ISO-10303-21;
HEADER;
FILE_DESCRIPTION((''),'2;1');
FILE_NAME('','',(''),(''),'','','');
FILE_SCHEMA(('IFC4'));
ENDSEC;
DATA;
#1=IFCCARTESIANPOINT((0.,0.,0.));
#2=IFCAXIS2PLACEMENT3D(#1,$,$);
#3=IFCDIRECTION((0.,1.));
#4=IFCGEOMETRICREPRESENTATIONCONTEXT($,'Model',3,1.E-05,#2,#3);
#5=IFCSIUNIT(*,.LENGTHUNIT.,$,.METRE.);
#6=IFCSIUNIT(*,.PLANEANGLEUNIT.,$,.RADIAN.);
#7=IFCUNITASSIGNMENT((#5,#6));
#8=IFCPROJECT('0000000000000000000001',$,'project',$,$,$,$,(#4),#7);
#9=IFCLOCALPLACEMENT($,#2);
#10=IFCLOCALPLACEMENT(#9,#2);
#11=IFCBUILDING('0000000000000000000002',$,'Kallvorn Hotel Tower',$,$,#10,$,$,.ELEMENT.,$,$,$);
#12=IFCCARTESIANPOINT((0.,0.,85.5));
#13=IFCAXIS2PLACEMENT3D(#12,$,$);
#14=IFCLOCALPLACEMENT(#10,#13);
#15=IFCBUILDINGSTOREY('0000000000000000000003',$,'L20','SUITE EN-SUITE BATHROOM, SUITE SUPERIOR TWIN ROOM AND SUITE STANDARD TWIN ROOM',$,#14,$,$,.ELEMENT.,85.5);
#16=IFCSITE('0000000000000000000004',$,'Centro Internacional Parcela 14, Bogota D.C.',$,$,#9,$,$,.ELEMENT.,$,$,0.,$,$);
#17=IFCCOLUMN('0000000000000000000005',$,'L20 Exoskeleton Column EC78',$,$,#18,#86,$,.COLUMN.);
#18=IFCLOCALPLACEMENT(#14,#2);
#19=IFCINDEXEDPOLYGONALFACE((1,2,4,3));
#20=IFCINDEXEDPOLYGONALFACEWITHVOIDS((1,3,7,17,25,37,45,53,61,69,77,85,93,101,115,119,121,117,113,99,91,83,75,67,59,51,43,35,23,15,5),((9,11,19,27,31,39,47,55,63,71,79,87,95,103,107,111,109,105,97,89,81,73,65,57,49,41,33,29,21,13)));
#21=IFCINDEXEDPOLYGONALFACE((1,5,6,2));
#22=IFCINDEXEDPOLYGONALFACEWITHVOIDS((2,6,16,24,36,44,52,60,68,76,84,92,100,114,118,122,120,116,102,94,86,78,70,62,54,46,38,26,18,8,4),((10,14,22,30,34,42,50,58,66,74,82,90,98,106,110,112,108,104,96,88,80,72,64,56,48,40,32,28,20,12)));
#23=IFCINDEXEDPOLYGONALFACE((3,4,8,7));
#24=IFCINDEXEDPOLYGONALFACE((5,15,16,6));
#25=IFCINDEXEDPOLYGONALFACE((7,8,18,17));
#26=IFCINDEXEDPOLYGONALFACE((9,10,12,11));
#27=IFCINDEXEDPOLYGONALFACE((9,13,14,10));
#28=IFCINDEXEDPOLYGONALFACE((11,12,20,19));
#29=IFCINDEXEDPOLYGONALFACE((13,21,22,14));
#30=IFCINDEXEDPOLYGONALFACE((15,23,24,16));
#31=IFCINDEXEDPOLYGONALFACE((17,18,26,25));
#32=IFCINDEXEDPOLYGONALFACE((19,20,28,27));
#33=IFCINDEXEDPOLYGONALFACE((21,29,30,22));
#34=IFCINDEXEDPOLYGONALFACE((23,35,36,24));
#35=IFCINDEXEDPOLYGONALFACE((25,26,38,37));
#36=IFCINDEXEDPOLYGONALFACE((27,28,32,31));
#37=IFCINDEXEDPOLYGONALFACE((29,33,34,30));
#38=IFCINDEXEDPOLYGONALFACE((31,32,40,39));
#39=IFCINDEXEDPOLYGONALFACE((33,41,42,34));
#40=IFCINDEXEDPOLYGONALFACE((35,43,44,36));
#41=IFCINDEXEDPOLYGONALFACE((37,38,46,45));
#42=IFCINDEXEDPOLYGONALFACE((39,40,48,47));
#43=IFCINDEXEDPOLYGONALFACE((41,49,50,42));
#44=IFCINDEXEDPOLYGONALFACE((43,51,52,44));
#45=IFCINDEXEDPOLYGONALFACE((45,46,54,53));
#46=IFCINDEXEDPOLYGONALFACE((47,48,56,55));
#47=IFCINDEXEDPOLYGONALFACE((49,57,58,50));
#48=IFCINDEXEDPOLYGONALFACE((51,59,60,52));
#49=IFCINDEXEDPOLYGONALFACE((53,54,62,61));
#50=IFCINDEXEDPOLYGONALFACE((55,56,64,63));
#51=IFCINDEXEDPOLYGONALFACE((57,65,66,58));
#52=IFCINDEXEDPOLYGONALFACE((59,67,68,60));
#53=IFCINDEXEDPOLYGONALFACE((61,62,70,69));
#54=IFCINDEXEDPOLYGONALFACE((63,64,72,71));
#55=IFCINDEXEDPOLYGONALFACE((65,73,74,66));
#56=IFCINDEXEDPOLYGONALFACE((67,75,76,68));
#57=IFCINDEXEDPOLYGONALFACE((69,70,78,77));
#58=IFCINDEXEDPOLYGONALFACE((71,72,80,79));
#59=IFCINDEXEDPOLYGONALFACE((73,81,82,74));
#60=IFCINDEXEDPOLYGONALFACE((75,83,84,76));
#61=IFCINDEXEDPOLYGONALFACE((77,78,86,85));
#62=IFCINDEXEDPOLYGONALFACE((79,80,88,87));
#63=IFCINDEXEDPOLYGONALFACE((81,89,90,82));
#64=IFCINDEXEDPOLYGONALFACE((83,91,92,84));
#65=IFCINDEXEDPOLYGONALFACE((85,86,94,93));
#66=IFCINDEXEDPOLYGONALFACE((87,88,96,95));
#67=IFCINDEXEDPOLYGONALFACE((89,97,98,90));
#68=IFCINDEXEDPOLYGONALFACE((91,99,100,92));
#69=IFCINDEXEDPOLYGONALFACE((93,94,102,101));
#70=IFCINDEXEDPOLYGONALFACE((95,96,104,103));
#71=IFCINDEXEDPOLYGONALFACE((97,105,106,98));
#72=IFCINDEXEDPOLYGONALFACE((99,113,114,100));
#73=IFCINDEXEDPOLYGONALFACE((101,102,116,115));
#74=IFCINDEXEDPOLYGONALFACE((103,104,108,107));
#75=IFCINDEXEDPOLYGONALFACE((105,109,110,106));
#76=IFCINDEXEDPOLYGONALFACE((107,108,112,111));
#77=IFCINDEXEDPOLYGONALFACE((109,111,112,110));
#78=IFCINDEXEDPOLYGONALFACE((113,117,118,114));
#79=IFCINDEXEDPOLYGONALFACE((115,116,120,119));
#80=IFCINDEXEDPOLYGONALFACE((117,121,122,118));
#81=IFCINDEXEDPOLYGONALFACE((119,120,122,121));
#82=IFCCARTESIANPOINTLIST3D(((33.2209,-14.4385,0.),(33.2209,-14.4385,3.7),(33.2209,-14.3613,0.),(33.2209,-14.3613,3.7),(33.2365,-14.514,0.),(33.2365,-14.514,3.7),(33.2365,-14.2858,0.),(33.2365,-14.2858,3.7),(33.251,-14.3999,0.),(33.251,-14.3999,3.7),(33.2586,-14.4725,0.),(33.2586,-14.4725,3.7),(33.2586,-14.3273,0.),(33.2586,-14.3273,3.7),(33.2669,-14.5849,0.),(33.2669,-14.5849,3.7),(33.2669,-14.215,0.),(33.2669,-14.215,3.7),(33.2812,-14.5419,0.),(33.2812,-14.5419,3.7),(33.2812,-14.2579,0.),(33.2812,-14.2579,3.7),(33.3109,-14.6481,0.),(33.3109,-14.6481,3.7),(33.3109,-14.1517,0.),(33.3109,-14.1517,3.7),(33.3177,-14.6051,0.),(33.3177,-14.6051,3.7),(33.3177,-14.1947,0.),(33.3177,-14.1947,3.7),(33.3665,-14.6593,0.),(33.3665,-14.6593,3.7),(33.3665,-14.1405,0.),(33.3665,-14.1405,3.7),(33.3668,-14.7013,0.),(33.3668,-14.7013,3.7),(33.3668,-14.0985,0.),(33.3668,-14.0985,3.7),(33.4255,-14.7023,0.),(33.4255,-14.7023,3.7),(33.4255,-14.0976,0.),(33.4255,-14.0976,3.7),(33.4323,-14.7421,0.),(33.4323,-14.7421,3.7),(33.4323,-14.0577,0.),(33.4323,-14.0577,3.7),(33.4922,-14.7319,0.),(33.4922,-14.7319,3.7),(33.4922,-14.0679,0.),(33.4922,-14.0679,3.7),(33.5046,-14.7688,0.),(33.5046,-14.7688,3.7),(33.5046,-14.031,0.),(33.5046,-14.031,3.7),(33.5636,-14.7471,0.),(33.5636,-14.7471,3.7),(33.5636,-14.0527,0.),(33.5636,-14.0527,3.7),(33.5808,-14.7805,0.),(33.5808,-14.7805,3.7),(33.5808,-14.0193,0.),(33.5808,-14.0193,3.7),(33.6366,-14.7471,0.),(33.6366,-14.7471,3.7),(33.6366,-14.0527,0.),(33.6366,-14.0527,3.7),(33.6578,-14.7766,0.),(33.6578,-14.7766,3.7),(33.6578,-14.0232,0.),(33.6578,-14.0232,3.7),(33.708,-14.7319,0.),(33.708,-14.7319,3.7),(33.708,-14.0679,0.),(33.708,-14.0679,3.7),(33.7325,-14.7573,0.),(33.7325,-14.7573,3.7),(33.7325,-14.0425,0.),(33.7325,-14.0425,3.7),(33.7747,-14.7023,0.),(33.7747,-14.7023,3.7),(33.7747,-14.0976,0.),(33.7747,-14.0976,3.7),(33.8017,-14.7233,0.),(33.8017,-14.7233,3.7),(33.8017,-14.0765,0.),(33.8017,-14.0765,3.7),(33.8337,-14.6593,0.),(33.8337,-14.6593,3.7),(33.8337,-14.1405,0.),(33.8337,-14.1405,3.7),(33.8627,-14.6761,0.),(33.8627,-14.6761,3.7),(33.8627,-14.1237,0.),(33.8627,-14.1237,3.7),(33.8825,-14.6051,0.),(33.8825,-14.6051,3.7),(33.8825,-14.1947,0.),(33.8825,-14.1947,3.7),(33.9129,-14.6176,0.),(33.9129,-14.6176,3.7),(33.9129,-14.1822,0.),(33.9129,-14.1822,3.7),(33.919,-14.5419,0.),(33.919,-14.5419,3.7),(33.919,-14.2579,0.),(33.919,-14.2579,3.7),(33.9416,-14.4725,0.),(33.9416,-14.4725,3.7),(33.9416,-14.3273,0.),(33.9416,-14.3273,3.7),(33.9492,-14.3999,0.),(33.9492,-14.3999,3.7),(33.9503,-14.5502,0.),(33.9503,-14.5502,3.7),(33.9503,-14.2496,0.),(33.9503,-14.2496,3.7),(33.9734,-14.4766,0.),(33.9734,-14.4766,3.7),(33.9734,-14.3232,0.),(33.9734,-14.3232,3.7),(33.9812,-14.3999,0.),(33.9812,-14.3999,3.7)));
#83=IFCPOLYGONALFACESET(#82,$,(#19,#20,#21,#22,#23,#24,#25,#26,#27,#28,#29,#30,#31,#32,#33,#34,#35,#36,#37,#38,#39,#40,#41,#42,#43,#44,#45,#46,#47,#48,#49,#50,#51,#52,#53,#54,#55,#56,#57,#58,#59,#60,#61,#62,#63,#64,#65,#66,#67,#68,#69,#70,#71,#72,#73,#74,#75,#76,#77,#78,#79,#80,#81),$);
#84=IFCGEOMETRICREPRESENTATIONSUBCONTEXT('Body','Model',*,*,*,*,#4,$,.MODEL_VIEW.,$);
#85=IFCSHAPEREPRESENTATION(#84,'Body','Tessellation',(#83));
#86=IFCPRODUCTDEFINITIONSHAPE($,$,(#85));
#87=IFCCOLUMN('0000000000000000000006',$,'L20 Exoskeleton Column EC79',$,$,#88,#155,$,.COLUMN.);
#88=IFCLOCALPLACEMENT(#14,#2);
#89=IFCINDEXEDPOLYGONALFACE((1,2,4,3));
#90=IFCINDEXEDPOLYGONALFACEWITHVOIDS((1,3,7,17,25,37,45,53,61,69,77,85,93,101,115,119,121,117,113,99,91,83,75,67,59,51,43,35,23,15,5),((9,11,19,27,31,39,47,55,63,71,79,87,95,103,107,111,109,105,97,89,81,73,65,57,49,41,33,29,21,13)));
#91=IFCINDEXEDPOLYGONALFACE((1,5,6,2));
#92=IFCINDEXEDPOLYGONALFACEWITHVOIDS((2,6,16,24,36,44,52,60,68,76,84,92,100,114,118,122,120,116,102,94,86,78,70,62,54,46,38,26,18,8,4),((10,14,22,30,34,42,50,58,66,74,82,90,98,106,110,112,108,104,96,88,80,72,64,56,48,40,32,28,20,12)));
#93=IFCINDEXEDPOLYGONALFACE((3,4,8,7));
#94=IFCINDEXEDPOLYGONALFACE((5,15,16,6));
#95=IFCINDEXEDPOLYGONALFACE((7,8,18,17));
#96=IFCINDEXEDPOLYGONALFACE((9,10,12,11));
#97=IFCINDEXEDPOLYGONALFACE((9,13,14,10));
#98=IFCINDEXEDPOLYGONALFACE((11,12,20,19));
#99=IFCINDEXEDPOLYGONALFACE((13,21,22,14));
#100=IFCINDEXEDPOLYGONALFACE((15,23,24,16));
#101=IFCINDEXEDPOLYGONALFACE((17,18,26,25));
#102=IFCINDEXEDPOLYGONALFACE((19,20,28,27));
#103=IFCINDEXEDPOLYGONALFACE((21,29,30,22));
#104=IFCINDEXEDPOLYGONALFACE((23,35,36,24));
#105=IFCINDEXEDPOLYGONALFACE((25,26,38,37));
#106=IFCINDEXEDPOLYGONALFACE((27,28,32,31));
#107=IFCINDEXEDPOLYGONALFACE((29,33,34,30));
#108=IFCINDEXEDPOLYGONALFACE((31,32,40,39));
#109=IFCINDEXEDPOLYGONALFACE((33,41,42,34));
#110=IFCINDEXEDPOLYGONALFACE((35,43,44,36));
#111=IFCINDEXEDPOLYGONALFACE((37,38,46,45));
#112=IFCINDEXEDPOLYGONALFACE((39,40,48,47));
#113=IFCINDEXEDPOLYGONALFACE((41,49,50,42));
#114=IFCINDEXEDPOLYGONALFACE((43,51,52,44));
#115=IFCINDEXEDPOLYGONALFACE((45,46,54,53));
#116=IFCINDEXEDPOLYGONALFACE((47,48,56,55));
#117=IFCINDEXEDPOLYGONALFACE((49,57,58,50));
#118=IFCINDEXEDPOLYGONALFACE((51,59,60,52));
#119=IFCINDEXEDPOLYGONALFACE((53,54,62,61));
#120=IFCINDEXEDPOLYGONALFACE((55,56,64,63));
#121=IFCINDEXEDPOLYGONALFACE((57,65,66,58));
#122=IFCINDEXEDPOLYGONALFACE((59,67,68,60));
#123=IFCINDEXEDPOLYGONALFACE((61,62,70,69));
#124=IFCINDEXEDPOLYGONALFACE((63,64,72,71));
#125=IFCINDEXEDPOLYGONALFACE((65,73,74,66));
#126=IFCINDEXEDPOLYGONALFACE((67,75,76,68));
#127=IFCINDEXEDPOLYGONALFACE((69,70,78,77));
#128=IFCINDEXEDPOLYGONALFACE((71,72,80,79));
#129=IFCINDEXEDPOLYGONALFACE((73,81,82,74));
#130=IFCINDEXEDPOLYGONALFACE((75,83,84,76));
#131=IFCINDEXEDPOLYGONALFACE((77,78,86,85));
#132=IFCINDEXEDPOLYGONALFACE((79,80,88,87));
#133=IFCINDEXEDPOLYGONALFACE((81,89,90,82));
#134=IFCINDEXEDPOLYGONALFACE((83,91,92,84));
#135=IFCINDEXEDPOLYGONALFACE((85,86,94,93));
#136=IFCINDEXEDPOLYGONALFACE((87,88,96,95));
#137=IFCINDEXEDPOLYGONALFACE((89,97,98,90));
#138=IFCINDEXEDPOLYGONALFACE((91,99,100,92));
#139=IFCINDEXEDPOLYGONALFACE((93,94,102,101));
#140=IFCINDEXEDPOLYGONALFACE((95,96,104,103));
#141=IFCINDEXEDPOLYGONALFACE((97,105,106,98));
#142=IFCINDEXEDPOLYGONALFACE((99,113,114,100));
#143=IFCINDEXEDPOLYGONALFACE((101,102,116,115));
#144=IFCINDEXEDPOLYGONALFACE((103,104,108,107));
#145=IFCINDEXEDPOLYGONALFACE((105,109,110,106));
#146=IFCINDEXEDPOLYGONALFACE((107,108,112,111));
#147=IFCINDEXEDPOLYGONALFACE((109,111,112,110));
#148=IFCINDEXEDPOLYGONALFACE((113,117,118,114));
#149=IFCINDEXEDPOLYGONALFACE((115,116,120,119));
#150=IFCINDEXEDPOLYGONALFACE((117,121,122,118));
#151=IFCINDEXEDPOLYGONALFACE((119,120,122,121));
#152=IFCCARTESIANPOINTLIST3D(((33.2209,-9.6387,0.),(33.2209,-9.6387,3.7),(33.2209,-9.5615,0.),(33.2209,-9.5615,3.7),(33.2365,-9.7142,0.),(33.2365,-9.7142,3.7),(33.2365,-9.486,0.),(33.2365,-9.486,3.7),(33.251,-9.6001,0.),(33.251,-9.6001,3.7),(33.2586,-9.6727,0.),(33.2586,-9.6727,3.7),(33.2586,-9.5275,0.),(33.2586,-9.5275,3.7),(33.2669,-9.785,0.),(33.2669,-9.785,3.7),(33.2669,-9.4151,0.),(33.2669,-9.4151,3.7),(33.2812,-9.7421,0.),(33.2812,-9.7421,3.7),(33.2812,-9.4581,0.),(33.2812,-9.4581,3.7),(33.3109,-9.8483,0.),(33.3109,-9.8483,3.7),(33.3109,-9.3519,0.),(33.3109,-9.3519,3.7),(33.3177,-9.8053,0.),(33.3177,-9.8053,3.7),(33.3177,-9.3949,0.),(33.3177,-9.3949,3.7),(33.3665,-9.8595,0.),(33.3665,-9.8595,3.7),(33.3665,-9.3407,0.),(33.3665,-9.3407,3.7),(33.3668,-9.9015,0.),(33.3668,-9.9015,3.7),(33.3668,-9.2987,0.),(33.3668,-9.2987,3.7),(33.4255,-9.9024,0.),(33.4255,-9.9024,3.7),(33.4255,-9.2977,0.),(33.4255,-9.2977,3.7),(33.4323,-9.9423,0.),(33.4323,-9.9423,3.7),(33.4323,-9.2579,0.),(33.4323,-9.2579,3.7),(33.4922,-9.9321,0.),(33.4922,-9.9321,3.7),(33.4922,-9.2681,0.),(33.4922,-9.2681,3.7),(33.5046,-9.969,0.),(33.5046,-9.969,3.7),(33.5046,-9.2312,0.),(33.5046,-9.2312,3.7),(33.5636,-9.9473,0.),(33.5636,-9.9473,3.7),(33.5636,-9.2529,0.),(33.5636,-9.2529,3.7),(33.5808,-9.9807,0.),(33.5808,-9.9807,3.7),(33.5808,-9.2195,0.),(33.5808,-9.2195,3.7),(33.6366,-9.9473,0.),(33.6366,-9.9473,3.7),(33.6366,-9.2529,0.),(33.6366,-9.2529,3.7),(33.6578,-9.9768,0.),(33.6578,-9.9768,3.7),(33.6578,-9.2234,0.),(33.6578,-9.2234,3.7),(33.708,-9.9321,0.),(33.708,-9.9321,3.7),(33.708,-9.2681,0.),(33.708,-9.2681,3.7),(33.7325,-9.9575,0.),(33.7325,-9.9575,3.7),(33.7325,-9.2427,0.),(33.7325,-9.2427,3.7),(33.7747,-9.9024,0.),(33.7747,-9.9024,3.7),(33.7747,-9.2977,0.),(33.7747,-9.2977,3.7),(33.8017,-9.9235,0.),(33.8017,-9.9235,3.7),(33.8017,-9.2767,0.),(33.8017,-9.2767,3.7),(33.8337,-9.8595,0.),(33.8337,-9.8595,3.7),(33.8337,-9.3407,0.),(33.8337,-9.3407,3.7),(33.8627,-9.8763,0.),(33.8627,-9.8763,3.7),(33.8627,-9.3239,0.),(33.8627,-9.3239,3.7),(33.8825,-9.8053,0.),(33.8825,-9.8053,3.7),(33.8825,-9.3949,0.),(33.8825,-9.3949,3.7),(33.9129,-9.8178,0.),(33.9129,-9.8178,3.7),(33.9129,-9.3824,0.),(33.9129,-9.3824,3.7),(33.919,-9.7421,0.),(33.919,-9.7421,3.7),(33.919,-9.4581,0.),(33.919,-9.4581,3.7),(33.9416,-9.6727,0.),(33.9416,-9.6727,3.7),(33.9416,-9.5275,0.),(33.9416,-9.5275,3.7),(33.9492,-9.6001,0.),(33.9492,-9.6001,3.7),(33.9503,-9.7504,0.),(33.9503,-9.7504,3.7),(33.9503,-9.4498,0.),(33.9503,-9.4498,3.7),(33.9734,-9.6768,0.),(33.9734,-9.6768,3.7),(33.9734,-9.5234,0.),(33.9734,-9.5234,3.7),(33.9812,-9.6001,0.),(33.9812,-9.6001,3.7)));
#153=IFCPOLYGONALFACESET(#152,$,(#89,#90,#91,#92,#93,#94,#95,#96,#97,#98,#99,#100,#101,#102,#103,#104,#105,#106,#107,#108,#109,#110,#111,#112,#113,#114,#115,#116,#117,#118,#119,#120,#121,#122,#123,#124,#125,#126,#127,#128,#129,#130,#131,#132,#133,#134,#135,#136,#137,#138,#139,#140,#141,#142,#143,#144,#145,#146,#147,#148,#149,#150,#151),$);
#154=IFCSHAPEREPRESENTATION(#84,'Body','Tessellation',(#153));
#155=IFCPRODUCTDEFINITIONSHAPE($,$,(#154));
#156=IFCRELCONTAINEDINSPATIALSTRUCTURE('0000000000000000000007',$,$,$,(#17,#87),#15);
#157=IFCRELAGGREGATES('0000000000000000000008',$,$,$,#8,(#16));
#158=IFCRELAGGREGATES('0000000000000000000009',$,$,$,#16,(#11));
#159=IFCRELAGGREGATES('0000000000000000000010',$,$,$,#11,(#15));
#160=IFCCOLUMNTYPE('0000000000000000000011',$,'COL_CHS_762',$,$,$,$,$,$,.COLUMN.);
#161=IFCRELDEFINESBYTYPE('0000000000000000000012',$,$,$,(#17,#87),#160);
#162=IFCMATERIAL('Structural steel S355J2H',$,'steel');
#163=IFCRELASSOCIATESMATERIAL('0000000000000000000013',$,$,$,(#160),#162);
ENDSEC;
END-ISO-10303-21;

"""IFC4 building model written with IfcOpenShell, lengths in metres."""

from ifc_helpers import new_model, si_unit, direction, frame, origin, origin_2d, place, context, subcontext, project, spatial, hollow_circle, extrude, material, material_profile, profile_set, type_object, element, save


model = new_model("IFC4")

# Units and contexts
model_context = context("Model", 3, precision=1e-05, world=origin(), true_north=direction((0.0, 1.0)))
body_context = subcontext(model_context, "Body", "Model", "MODEL_VIEW")
ifc_project = project(units=[si_unit("LENGTHUNIT", "METRE"), si_unit("PLANEANGLEUNIT", "RADIAN")], contexts=[model_context])

# Site, building, storey
site_placement = place(None, origin())
site = spatial("IfcSite", under=ifc_project, at=site_placement, Name="Centro Internacional Parcela 14, Bogota D.C.", CompositionType="ELEMENT", RefElevation=0.0)
building_placement = place(site_placement, origin())
building = spatial("IfcBuilding", under=site, at=building_placement, Name="Kallvorn Hotel Tower", CompositionType="ELEMENT")
storey_placement = place(building_placement, frame((0.0, 0.0, 85.5)))
storey = spatial("IfcBuildingStorey", under=building, at=storey_placement, Name="L20", Description="SUITE EN-SUITE BATHROOM, SUITE SUPERIOR TWIN ROOM AND SUITE STANDARD TWIN ROOM", CompositionType="ELEMENT", Elevation=85.5)

# Columns
ifc_material_1 = material(Name="Structural steel S355J2H", Category="steel")
ifc_material_profile_1 = material_profile(ifc_material_1, hollow_circle(Radius=0.3811, WallThickness=0.032, at=origin_2d()), Name="CHS 762x32")
ifc_profile_set_1 = profile_set([ifc_material_profile_1], Name="Structural steel S355J2H")
column_type_1 = type_object("IfcColumnType", Name="COL_CHS_762", PredefinedType="COLUMN", material=ifc_profile_set_1)
for number, where, z_axis, x_axis, name in (
    (1, (33.6001, -14.3999, 0.0), (0.0, 0.0, 1.0), (1.0, 0.0, 0.0), "L20 Exoskeleton Column EC78"),
    (2, (33.6001, -9.6001, 0.0), (0.0, 0.0, 1.0), (1.0, 0.0, 0.0), "L20 Exoskeleton Column EC79"),
):
    element("IfcColumn", number, at=place(storey_placement, frame(where, z_axis=z_axis, x_axis=x_axis)), inside=storey, type_object=column_type_1, Name=name, PredefinedType="COLUMN", context=body_context, shape_type="SweptSolid", body=[
        extrude(hollow_circle(Radius=0.3811, WallThickness=0.032, at=origin_2d()), origin(), (0.0, 0.0, 1.0), 3.7),
    ])

save(model, "model.ifc")
